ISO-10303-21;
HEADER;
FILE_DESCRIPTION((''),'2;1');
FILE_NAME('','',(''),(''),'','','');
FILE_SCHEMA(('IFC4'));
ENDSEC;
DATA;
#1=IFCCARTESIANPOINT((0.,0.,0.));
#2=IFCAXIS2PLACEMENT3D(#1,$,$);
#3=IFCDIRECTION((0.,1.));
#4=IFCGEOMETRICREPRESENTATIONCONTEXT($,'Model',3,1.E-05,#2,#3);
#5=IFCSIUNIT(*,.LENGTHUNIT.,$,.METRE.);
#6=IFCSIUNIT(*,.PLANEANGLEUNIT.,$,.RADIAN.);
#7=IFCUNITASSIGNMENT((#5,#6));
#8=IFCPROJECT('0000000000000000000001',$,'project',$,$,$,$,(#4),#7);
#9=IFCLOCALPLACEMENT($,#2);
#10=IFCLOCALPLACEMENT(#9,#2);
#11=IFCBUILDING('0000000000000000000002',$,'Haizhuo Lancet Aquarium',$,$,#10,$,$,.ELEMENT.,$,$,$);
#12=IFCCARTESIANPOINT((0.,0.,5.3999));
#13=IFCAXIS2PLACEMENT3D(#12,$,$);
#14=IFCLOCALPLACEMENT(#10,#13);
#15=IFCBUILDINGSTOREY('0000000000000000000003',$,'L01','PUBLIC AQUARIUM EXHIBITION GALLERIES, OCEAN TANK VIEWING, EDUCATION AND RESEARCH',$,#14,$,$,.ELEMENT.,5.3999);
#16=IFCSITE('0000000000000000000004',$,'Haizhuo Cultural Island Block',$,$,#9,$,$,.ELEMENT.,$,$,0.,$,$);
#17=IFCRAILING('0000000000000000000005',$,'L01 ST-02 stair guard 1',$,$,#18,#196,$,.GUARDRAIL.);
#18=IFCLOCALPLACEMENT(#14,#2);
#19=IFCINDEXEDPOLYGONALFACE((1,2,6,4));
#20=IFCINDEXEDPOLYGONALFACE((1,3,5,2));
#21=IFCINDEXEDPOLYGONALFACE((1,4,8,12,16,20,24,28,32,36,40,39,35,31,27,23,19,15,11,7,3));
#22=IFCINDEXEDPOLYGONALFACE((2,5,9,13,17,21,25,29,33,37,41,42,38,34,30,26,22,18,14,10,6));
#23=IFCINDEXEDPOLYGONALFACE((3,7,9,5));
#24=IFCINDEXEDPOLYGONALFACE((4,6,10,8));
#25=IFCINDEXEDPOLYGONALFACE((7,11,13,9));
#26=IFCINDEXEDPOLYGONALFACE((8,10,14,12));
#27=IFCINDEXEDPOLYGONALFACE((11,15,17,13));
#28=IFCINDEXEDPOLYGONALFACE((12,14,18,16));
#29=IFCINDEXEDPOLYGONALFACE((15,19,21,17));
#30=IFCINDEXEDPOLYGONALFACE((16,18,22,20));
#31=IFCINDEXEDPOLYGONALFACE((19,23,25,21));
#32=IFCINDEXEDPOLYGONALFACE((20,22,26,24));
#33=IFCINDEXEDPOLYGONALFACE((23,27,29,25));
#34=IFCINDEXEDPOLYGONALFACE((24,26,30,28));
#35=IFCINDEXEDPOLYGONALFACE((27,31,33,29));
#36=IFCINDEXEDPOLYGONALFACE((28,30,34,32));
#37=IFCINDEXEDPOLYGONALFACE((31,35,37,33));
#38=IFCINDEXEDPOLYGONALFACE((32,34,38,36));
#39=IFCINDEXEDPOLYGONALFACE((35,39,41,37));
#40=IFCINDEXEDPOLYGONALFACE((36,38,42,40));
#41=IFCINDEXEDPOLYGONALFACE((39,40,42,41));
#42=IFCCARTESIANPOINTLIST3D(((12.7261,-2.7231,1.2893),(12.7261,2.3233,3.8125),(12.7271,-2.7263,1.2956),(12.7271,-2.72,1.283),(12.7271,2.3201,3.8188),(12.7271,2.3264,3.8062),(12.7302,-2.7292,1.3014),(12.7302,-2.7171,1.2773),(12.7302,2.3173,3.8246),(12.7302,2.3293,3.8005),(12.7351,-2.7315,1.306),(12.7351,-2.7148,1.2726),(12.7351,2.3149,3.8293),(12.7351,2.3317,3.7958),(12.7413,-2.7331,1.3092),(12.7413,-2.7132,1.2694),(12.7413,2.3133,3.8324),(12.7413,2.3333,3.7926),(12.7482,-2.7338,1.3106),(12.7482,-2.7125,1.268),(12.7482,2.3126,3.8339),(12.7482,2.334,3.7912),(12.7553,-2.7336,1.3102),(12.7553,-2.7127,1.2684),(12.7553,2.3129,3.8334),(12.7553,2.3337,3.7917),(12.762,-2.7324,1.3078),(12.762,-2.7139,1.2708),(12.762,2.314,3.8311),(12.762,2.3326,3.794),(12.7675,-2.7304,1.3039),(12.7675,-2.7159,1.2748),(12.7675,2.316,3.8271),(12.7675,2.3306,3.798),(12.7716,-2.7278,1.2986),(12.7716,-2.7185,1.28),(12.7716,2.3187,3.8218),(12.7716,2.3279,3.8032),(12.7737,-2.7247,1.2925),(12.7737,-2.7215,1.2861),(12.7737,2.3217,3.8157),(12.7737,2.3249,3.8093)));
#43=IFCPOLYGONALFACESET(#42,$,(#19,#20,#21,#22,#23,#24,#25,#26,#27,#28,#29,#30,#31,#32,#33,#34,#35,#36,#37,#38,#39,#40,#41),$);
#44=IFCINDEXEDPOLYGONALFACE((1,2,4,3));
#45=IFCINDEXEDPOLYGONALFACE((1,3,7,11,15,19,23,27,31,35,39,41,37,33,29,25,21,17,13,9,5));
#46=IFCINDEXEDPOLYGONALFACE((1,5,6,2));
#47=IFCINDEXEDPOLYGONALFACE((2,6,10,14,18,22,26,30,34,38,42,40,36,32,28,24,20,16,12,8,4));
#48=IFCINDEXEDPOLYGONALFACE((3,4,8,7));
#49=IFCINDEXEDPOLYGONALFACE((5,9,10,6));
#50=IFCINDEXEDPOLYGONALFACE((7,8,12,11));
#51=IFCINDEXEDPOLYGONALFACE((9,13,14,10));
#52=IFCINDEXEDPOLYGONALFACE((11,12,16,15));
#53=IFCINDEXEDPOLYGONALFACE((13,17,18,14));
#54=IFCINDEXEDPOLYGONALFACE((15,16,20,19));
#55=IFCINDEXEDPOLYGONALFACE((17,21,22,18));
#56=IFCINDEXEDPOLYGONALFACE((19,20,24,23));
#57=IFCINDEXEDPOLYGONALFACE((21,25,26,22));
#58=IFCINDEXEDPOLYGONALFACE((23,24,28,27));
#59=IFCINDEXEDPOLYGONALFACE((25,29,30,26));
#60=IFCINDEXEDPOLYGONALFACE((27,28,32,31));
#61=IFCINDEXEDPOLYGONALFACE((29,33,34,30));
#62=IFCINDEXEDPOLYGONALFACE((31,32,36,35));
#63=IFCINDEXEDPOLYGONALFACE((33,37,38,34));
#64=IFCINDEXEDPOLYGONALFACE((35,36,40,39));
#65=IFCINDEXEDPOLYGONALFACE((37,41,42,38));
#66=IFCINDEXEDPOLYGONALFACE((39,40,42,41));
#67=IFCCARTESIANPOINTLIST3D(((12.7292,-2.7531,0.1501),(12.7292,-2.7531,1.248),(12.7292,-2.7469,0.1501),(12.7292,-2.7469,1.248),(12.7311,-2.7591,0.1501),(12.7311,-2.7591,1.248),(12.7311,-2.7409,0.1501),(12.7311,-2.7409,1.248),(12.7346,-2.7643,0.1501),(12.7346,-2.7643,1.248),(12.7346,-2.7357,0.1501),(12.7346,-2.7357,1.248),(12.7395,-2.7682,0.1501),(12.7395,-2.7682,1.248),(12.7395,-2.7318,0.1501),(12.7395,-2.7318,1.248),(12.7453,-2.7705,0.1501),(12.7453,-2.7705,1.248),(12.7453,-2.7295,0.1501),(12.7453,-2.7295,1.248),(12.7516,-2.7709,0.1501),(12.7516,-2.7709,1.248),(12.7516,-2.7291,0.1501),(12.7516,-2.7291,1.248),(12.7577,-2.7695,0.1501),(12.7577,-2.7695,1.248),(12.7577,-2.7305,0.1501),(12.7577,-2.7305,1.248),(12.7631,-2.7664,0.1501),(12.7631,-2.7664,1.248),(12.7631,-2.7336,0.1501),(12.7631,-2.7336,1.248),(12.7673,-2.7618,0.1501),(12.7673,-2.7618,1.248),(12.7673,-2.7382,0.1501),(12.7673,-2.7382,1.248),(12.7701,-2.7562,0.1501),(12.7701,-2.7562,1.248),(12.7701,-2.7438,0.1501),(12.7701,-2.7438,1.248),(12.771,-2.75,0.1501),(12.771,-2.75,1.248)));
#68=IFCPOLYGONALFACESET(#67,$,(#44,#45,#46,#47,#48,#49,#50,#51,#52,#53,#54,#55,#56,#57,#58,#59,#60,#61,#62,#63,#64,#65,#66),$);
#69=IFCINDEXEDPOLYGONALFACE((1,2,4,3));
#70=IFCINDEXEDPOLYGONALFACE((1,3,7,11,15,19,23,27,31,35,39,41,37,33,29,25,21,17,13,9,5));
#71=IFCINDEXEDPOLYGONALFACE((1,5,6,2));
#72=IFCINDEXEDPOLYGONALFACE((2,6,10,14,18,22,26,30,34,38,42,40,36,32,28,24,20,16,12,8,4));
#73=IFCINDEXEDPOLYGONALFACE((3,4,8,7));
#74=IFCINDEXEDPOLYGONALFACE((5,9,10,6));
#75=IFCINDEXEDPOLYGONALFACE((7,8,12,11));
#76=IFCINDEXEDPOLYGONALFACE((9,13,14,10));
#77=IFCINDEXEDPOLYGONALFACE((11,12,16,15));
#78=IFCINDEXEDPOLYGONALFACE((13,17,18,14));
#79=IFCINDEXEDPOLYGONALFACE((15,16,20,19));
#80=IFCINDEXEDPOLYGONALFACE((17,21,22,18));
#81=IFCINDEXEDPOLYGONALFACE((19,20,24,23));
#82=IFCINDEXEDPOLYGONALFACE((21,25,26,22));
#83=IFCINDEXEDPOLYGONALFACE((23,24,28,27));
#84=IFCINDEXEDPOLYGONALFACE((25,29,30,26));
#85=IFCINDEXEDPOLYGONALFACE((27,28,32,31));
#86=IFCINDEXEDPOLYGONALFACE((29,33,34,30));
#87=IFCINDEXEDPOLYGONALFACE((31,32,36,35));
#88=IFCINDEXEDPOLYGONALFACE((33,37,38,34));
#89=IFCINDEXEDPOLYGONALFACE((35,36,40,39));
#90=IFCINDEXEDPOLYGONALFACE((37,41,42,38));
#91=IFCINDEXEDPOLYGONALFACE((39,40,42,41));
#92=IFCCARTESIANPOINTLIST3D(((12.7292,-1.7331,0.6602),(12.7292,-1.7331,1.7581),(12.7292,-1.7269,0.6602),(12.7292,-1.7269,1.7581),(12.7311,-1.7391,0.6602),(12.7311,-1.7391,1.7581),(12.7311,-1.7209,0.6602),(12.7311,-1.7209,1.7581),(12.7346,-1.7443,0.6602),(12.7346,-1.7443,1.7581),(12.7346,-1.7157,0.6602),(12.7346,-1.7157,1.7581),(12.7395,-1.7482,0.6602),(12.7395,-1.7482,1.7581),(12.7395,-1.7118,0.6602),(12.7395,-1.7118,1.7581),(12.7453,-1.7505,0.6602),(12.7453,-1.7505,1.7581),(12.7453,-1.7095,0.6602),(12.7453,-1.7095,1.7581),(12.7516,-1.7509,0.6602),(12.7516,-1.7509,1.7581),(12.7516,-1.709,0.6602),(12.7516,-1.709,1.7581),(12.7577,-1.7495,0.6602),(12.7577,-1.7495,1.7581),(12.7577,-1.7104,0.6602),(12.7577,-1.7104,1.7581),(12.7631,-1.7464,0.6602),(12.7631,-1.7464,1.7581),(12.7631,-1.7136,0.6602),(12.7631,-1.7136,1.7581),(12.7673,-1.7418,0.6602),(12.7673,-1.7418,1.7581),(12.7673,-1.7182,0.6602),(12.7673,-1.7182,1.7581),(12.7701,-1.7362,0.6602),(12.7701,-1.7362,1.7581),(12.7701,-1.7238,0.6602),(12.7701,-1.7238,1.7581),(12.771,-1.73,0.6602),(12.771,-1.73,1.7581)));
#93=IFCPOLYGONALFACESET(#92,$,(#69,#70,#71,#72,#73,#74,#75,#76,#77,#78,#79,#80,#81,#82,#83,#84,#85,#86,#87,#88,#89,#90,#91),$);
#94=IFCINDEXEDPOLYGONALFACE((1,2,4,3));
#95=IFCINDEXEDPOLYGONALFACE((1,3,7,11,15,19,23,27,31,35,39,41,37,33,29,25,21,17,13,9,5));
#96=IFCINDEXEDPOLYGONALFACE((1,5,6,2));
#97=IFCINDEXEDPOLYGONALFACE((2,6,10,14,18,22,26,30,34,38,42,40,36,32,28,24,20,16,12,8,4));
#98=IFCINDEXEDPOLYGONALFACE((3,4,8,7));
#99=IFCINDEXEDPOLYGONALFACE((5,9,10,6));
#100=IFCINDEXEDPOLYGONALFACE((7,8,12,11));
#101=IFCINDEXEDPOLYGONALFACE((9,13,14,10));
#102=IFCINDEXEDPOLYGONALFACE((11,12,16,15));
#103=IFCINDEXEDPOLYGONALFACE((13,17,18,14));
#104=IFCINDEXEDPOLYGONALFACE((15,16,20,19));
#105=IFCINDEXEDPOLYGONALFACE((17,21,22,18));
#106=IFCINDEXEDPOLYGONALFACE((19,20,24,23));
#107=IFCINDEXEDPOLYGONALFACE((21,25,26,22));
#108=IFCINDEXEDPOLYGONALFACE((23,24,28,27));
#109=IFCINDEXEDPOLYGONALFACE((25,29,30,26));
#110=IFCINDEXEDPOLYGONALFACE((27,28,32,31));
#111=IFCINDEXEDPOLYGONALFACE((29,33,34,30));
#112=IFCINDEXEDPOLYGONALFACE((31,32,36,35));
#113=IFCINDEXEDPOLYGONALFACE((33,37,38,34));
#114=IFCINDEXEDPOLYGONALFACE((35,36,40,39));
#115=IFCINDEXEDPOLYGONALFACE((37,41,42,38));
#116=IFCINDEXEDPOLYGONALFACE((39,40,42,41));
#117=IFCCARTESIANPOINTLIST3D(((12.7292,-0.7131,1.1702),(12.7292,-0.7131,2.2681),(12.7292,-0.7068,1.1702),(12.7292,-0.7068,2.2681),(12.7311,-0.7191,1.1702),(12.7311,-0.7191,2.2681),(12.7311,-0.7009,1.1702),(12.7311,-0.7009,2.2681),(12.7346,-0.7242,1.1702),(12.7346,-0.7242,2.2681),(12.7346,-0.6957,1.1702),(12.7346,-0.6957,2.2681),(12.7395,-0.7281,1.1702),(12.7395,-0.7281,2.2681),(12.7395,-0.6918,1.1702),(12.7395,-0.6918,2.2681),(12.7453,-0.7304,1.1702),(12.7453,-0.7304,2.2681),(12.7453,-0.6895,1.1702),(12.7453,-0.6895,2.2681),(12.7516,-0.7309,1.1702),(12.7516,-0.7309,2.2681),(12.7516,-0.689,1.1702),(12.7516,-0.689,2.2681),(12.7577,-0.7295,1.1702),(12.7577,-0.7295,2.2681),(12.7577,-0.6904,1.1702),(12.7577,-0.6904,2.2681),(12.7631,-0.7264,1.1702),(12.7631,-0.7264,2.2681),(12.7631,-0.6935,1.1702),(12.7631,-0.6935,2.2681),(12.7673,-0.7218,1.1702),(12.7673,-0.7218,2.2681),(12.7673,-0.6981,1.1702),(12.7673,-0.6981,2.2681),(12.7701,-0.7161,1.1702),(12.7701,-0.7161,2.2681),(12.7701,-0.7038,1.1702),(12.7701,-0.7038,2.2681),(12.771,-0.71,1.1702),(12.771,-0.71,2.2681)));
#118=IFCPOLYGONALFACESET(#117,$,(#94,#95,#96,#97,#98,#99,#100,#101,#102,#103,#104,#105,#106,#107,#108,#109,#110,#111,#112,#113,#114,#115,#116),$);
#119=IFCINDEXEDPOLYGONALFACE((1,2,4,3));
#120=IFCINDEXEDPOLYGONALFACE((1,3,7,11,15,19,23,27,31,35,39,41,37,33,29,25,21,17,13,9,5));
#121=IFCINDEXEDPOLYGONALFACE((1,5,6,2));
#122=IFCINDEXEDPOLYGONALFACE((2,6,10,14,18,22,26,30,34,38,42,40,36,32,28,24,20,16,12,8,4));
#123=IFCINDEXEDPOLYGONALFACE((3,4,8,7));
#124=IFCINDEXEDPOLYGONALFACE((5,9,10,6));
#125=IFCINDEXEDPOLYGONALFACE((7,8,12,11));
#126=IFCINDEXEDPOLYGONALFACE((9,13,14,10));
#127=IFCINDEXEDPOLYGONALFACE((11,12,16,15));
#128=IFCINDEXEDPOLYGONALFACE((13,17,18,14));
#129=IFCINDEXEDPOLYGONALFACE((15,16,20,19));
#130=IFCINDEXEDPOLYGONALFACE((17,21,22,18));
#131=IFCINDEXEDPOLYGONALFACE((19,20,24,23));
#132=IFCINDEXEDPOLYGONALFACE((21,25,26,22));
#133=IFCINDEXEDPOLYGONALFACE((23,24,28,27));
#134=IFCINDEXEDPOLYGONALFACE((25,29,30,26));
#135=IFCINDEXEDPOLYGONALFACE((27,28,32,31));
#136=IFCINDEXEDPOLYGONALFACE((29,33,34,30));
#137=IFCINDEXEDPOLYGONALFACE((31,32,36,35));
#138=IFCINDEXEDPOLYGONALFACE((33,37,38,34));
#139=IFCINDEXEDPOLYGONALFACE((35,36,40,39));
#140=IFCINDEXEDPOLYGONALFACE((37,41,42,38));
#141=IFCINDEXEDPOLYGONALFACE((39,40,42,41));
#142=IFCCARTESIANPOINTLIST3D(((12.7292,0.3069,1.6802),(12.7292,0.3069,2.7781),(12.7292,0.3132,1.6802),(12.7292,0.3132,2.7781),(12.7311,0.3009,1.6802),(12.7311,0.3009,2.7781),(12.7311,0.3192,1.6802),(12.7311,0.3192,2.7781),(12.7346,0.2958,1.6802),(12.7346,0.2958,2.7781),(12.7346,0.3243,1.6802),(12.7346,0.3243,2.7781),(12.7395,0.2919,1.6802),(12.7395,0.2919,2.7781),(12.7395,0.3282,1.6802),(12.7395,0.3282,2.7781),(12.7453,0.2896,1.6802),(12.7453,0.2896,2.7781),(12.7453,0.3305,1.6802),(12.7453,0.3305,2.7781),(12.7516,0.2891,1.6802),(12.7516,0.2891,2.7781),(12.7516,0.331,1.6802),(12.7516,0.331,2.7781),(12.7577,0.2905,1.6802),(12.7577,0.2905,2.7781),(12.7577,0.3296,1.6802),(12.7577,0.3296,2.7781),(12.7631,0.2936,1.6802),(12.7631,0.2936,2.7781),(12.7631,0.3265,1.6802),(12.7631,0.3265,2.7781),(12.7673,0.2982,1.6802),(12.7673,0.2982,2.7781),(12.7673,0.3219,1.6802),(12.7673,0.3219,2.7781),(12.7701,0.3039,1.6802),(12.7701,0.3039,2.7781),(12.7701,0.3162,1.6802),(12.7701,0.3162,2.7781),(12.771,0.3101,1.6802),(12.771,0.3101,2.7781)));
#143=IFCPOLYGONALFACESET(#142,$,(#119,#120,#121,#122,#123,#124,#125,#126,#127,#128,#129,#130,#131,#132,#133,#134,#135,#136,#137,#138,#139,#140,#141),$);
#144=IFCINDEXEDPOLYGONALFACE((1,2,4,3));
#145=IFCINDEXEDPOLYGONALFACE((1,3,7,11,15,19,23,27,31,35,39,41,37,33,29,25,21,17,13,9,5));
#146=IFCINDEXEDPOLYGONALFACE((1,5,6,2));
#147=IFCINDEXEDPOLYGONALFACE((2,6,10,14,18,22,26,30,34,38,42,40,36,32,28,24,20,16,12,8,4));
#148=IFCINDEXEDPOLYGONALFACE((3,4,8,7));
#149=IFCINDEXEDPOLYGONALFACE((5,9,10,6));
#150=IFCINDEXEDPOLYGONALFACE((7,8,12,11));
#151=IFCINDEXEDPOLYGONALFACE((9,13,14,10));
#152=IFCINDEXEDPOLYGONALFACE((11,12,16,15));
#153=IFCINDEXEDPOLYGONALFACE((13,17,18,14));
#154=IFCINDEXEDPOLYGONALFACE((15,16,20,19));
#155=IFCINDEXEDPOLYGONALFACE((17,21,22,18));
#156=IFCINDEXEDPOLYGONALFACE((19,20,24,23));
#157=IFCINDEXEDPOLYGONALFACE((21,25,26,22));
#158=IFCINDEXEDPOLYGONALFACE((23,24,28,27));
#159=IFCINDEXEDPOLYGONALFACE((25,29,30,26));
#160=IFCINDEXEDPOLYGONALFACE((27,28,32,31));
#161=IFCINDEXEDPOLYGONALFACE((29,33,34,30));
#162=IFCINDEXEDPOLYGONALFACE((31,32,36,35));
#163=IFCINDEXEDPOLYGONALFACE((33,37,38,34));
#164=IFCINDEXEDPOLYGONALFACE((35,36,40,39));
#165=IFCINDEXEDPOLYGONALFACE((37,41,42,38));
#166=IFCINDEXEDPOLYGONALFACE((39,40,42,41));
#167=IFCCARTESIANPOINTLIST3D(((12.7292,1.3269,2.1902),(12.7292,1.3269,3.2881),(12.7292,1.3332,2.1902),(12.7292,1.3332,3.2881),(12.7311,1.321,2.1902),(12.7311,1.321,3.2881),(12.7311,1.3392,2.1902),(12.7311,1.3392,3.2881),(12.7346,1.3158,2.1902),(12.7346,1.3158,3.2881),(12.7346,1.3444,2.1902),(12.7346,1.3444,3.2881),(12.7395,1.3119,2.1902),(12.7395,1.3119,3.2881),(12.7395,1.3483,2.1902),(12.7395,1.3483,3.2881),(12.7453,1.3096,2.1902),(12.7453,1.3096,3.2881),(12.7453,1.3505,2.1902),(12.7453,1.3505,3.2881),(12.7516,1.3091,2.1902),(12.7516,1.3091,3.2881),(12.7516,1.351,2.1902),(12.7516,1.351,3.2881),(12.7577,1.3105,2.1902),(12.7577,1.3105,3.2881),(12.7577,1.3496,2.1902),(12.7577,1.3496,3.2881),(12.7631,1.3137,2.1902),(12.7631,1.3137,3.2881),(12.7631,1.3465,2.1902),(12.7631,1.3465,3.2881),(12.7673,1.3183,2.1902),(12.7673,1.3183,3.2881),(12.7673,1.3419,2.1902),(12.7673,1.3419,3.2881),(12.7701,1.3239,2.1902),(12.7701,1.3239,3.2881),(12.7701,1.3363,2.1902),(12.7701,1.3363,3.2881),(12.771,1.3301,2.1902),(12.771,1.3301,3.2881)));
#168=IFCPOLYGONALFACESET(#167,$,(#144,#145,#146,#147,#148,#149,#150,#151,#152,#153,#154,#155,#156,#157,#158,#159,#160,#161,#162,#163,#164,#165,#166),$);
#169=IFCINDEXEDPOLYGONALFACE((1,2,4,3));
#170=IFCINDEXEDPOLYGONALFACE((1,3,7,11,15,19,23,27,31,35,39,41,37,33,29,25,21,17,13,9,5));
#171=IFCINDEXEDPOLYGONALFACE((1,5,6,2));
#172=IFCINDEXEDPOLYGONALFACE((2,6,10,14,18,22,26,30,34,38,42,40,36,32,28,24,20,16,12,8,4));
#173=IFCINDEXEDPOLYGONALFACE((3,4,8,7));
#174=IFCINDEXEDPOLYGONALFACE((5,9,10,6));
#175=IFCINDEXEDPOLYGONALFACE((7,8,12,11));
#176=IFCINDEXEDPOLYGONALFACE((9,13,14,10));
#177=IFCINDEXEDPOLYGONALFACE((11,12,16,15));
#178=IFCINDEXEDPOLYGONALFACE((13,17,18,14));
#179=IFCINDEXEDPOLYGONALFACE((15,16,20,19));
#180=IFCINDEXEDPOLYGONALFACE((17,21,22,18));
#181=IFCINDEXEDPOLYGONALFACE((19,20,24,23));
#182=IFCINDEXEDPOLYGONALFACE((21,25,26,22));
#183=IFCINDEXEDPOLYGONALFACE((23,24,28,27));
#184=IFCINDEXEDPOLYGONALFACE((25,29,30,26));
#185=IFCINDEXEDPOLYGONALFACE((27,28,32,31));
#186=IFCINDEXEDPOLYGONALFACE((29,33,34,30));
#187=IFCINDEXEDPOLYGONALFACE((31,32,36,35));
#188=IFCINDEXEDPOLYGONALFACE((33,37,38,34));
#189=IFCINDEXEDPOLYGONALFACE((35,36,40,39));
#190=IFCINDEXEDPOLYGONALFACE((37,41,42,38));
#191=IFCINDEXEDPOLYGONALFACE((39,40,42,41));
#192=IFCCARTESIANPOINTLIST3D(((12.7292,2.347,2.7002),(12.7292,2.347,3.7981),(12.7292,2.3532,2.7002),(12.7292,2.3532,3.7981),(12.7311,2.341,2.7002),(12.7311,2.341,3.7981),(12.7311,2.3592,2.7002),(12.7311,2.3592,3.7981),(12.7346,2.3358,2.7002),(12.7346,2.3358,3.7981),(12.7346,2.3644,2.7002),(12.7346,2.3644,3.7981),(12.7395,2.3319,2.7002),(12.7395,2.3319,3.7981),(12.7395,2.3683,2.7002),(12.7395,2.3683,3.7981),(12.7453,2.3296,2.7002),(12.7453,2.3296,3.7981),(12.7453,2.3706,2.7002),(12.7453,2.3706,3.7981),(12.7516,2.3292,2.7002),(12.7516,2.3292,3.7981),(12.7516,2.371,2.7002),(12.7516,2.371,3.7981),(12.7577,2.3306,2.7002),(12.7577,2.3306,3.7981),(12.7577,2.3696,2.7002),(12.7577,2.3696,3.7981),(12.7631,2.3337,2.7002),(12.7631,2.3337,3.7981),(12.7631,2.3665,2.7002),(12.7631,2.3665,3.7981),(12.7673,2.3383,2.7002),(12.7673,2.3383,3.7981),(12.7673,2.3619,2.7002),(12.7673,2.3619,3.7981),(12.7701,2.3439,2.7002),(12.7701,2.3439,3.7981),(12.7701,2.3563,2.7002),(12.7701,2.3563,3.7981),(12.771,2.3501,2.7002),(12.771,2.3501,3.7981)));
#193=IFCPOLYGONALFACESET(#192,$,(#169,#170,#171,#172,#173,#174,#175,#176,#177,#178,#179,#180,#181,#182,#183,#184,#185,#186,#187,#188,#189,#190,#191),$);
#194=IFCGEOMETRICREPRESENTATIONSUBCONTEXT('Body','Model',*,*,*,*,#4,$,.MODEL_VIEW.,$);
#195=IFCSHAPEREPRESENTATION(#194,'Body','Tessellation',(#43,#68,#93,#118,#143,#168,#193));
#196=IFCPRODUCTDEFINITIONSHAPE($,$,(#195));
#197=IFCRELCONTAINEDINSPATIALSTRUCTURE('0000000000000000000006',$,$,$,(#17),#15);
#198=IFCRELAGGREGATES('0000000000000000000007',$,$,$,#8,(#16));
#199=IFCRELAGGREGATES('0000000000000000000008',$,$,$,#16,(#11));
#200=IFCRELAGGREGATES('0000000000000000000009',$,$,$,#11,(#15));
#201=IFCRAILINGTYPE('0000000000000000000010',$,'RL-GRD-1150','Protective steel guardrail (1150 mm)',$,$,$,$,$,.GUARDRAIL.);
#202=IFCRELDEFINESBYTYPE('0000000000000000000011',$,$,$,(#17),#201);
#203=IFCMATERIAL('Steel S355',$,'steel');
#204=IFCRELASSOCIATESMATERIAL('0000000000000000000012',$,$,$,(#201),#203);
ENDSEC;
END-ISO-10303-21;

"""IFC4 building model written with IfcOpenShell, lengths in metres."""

from ifc_helpers import new_model, si_unit, direction, frame, origin, origin_2d, place, context, subcontext, project, spatial, circle, extrude, material, type_object, element, save


model = new_model("IFC4")

# Units and contexts
model_context = context("Model", 3, precision=1e-05, world=origin(), true_north=direction((0.0, 1.0)))
body_context = subcontext(model_context, "Body", "Model", "MODEL_VIEW")
ifc_project = project(units=[si_unit("LENGTHUNIT", "METRE"), si_unit("PLANEANGLEUNIT", "RADIAN")], contexts=[model_context])

# Site, building, storey
site_placement = place(None, origin())
site = spatial("IfcSite", under=ifc_project, at=site_placement, Name="Haizhuo Cultural Island Block", CompositionType="ELEMENT", RefElevation=0.0)
building_placement = place(site_placement, origin())
building = spatial("IfcBuilding", under=site, at=building_placement, Name="Haizhuo Lancet Aquarium", CompositionType="ELEMENT")
storey_placement = place(building_placement, frame((0.0, 0.0, 5.3999)))
storey = spatial("IfcBuildingStorey", under=building, at=storey_placement, Name="L01", Description="PUBLIC AQUARIUM EXHIBITION GALLERIES, OCEAN TANK VIEWING, EDUCATION AND RESEARCH", CompositionType="ELEMENT", Elevation=5.3999)

# Shared definitions
ifc_material_1 = material(Name="Steel S355", Category="steel")

# Railing
railing_type_1 = type_object("IfcRailingType", Name="RL-GRD-1150", Description="Protective steel guardrail (1150 mm)", PredefinedType="GUARDRAIL", material=ifc_material_1)
railing_1_placement = place(storey_placement, frame((12.75, -2.75, 0.1501)))
element("IfcRailing", 1, at=railing_1_placement, inside=storey, type_object=railing_type_1, Name="L01 ST-02 stair guard 1", PredefinedType="GUARDRAIL", context=body_context, shape_type="SweptSolid", body=[
    extrude(circle(Radius=0.0239, at=origin_2d()), frame((0.0, 0.0269, 1.1392), z_axis=(0.0, 0.894427, 0.447214), x_axis=(-1.0, 0.0, 0.0)), (0.0, 0.0, 1.0), 5.6421),
    extrude(circle(Radius=0.021, at=origin_2d()), origin(), (0.0, 0.0, 1.0), 1.0979),
    extrude(circle(Radius=0.021, at=origin_2d()), frame((0.0, 1.02, 0.51)), (0.0, 0.0, 1.0), 1.0979),
    extrude(circle(Radius=0.021, at=origin_2d()), frame((0.0, 2.04, 1.02)), (0.0, 0.0, 1.0), 1.0979),
    extrude(circle(Radius=0.021, at=origin_2d()), frame((0.0, 3.0601, 1.53)), (0.0, 0.0, 1.0), 1.0979),
    extrude(circle(Radius=0.021, at=origin_2d()), frame((0.0, 4.0801, 2.04)), (0.0, 0.0, 1.0), 1.0979),
    extrude(circle(Radius=0.021, at=origin_2d()), frame((0.0, 5.1001, 2.55)), (0.0, 0.0, 1.0), 1.0979),
])

save(model, "model.ifc")
